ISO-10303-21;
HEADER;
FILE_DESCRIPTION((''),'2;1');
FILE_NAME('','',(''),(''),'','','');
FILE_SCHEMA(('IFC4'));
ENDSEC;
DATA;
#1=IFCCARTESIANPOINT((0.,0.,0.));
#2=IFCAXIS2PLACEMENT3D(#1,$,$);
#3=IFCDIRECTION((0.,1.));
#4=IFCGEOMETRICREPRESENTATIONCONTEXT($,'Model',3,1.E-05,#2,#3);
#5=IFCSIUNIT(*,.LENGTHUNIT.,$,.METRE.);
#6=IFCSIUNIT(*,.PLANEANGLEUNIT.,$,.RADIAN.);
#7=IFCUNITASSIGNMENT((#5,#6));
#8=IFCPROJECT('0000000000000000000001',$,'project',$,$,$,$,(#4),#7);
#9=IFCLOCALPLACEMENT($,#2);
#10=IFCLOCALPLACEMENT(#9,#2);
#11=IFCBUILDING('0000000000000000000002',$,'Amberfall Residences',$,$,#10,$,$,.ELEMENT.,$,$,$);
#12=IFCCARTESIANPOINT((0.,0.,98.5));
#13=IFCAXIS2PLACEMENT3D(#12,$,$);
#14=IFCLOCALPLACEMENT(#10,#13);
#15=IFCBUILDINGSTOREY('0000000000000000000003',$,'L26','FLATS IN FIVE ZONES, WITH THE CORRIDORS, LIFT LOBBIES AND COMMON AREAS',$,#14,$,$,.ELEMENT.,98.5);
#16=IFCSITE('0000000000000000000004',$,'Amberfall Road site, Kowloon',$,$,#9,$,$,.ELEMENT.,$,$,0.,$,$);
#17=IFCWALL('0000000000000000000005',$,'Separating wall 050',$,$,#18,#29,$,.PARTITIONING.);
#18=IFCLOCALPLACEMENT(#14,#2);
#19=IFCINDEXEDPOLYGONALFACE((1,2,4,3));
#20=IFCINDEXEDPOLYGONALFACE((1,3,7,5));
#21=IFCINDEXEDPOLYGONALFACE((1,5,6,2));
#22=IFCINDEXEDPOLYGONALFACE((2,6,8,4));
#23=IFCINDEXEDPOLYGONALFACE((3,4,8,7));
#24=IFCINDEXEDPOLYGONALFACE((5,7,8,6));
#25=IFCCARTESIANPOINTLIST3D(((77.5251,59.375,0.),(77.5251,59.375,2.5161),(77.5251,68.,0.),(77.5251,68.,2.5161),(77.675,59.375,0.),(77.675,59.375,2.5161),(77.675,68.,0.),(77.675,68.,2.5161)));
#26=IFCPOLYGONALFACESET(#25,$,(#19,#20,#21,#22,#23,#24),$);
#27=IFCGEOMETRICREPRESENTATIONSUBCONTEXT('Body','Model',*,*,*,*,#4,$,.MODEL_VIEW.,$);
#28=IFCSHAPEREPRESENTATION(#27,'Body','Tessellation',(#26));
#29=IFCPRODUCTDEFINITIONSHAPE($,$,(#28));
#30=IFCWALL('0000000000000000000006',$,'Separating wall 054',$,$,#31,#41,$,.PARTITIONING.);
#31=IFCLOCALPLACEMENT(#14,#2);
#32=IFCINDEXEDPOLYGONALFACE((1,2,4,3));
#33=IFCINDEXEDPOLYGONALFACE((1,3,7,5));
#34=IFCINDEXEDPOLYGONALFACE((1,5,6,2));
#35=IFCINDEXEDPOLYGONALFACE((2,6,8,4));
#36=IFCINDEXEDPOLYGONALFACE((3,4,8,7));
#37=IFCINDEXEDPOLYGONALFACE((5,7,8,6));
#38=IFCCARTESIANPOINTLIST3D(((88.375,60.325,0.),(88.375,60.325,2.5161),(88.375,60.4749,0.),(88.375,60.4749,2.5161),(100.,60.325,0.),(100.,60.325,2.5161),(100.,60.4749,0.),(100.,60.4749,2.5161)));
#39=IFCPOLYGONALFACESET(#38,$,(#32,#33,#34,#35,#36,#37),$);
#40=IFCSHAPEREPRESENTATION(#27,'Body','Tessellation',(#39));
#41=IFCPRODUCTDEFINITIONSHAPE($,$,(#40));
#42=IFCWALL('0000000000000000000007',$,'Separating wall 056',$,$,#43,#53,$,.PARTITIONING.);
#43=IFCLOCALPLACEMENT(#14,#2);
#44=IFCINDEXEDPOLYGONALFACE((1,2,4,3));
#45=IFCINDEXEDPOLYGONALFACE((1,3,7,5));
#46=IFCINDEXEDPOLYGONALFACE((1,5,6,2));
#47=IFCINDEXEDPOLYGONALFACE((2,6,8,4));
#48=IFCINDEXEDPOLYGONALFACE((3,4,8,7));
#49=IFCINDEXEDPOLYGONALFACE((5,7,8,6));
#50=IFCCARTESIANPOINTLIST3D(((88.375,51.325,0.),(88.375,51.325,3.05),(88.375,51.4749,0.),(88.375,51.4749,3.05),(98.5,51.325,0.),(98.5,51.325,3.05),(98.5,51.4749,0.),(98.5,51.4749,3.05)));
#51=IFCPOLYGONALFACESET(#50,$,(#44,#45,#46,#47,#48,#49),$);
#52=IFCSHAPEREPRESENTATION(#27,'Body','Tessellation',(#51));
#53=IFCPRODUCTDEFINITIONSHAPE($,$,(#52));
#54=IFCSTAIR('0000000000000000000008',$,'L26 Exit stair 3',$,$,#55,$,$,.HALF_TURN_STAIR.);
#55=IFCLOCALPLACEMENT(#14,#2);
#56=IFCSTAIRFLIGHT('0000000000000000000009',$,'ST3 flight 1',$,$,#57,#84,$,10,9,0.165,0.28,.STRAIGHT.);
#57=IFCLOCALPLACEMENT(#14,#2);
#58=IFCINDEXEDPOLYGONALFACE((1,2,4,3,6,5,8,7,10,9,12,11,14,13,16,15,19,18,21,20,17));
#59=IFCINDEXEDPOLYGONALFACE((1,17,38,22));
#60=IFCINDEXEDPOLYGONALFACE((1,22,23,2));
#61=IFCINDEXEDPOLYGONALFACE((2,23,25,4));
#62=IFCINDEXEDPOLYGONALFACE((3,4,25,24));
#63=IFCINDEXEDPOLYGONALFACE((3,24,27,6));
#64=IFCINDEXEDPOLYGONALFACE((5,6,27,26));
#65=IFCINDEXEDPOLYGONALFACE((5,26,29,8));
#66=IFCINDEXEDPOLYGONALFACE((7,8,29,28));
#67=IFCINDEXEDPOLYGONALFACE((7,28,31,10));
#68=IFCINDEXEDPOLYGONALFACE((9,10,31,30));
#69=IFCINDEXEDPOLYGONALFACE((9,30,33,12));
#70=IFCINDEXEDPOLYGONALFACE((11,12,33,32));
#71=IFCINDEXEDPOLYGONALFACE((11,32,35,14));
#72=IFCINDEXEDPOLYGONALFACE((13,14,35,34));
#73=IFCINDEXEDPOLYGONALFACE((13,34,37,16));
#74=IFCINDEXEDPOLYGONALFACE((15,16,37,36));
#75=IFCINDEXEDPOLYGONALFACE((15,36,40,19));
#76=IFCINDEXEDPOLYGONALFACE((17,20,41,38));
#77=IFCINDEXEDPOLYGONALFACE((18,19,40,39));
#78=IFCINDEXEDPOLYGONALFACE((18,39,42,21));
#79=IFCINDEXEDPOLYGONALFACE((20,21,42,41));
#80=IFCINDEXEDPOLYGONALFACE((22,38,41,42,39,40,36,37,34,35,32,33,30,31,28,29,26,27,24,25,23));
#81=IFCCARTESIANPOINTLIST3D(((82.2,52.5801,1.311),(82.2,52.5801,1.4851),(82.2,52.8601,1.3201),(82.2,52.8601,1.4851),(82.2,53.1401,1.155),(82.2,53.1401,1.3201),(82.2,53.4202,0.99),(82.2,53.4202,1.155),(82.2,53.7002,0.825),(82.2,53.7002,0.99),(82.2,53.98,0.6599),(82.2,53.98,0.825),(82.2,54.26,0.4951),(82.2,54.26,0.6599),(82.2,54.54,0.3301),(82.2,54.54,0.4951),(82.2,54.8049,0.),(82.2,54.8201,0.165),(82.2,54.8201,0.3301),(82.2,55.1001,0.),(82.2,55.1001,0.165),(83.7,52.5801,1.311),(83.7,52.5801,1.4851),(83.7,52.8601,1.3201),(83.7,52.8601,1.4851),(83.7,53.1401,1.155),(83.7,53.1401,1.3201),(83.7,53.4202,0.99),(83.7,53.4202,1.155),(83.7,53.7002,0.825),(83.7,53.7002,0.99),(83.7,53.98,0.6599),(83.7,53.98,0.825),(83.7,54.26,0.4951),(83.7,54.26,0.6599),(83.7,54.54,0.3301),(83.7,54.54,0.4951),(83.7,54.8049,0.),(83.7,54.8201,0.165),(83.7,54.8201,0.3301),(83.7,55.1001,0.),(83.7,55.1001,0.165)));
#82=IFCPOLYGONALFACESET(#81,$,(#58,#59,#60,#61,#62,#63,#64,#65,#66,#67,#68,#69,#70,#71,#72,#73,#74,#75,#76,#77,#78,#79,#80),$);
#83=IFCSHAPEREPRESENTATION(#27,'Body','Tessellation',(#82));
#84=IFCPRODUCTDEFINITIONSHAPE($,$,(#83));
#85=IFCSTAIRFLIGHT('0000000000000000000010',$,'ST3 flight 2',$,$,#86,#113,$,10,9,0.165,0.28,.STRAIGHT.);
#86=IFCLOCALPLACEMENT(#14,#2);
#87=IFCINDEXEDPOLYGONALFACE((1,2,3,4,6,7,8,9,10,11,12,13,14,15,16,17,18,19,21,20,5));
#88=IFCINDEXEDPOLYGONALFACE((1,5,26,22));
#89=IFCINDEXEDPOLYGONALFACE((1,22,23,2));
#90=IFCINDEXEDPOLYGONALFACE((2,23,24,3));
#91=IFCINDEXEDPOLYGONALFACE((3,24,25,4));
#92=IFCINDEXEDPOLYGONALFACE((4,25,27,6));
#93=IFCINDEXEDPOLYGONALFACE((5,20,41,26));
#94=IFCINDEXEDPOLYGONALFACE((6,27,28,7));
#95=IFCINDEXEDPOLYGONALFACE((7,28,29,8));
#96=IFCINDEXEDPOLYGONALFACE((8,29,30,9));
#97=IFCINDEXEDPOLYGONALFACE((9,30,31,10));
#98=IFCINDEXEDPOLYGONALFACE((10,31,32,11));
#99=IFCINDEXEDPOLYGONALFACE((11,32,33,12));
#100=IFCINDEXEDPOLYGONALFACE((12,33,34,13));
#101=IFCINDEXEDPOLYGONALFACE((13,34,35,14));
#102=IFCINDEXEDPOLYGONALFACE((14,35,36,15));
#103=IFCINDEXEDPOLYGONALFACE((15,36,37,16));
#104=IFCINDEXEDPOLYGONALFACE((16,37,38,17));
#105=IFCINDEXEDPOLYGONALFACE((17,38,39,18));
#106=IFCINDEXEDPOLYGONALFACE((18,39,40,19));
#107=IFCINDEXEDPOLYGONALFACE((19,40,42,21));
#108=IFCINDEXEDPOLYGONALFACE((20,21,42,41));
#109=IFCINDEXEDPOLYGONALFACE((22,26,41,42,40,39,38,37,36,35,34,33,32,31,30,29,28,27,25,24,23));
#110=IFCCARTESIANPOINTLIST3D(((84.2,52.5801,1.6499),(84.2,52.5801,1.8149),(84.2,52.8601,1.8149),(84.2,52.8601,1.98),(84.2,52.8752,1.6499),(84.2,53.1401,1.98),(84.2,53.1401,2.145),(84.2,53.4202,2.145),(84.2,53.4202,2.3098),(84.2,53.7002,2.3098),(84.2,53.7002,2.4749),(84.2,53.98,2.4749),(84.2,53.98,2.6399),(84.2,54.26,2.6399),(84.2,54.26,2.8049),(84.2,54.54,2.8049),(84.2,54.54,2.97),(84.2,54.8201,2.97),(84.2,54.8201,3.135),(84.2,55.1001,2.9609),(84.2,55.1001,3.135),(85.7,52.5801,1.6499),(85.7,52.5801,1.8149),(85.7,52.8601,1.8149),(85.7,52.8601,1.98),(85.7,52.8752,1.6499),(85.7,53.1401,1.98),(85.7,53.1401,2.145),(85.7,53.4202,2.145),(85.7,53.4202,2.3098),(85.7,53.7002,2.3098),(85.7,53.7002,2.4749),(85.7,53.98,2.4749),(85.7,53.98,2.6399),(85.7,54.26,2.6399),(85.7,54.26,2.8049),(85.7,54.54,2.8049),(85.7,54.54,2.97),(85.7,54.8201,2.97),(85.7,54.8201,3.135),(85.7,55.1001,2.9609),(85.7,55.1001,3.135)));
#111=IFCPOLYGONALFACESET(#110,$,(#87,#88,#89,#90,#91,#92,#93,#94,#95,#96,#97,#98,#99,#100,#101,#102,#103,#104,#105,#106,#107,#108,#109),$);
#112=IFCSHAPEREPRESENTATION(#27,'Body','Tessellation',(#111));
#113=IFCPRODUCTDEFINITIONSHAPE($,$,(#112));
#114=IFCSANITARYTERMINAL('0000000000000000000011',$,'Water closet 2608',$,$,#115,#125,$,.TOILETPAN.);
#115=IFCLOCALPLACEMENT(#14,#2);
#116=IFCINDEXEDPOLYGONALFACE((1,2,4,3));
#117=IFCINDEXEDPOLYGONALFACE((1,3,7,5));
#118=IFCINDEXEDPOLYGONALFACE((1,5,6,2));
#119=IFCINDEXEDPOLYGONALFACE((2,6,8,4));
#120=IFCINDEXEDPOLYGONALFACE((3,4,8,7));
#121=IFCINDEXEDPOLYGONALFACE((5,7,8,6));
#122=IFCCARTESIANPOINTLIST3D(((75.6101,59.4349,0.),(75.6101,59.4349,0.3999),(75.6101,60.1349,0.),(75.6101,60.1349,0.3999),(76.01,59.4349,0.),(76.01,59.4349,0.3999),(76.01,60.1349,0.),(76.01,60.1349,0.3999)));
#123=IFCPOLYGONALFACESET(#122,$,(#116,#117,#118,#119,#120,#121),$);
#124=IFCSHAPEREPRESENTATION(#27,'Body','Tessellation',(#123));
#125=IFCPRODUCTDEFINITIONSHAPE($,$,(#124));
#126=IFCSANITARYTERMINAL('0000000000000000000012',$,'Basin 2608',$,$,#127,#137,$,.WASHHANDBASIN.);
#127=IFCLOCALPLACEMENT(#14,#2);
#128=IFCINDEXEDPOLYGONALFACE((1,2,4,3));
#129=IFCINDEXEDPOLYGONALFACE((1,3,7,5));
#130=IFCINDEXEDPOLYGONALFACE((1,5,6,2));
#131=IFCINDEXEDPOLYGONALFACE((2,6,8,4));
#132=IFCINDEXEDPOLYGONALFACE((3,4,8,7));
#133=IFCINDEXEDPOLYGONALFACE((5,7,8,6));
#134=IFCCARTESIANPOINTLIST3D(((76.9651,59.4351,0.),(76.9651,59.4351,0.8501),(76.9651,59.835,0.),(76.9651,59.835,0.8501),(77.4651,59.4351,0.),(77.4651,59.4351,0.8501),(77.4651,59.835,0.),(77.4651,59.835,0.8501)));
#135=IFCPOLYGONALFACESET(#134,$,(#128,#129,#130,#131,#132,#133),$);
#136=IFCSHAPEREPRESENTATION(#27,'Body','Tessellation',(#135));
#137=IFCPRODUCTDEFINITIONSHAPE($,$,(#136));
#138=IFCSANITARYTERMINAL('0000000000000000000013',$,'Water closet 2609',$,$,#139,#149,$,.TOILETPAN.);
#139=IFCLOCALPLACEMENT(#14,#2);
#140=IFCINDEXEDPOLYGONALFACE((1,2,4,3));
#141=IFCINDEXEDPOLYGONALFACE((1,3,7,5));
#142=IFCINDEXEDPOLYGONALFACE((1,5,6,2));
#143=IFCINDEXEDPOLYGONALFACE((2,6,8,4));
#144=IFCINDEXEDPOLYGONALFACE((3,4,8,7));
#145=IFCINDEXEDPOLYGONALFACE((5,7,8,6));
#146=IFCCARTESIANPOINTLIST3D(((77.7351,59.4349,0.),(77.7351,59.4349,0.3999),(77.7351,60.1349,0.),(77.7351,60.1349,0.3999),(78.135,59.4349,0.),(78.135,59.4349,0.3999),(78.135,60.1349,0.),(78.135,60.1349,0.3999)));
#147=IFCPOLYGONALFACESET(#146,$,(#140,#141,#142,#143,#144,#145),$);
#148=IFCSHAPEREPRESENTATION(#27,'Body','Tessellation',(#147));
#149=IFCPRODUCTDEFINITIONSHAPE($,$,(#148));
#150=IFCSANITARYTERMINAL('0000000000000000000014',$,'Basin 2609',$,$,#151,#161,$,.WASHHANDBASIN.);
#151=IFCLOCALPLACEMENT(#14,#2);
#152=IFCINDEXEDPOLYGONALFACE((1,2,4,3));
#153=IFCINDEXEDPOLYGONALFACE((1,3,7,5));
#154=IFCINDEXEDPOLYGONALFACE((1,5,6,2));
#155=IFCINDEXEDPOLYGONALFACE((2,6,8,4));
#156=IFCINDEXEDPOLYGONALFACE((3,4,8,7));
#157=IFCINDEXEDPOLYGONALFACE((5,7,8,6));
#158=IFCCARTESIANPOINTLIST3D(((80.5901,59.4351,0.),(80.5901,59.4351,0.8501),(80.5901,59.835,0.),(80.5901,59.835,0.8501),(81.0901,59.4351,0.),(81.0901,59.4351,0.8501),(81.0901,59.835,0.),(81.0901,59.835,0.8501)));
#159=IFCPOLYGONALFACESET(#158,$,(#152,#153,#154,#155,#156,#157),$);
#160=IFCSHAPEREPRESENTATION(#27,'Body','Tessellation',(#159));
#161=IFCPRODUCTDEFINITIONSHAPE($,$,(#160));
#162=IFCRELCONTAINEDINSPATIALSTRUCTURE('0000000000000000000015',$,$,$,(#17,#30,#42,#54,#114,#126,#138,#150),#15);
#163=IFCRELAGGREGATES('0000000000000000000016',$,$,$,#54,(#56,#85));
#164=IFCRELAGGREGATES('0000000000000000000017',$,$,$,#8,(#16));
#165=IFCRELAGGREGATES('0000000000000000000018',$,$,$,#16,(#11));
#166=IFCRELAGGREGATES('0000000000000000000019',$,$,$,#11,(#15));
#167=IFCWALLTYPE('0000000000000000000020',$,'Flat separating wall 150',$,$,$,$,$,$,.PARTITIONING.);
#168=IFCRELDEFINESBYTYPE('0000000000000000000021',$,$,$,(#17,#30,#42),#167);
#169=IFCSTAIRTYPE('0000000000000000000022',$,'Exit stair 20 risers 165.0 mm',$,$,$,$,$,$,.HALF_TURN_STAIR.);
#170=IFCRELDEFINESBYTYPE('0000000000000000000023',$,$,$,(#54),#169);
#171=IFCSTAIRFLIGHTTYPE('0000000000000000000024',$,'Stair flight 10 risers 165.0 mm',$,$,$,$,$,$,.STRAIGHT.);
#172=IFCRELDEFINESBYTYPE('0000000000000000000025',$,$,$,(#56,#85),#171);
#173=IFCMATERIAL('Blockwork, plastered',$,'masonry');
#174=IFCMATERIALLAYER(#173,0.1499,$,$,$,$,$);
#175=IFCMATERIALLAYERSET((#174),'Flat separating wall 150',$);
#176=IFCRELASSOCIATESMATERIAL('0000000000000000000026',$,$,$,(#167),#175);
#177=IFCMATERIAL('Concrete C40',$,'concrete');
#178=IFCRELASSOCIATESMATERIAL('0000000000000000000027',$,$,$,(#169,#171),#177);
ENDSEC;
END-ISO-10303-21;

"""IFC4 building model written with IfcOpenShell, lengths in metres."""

from ifc_helpers import new_model, si_unit, direction, frame, frame_2d, origin, origin_2d, place, context, subcontext, project, spatial, polyline, rectangle, outline, extrude, material, layer, layer_set, type_object, element, aggregate, save


model = new_model("IFC4")

# Units and contexts
model_context = context("Model", 3, precision=1e-05, world=origin(), true_north=direction((0.0, 1.0)))
body_context = subcontext(model_context, "Body", "Model", "MODEL_VIEW")
ifc_project = project(units=[si_unit("LENGTHUNIT", "METRE"), si_unit("PLANEANGLEUNIT", "RADIAN")], contexts=[model_context])

# Site, building, storey
site_placement = place(None, origin())
site = spatial("IfcSite", under=ifc_project, at=site_placement, Name="Amberfall Road site, Kowloon", CompositionType="ELEMENT", RefElevation=0.0)
building_placement = place(site_placement, origin())
building = spatial("IfcBuilding", under=site, at=building_placement, Name="Amberfall Residences", CompositionType="ELEMENT")
storey_placement = place(building_placement, frame((0.0, 0.0, 98.5)))
storey = spatial("IfcBuildingStorey", under=building, at=storey_placement, Name="L26", Description="FLATS IN FIVE ZONES, WITH THE CORRIDORS, LIFT LOBBIES AND COMMON AREAS", CompositionType="ELEMENT", Elevation=98.5)

# Walls
ifc_material_1 = material(Name="Blockwork, plastered", Category="masonry")
ifc_layer_1 = layer(ifc_material_1, 0.1499)
ifc_layer_set_1 = layer_set([ifc_layer_1], Name="Flat separating wall 150")
wall_type_1 = type_object("IfcWallType", Name="Flat separating wall 150", PredefinedType="PARTITIONING", material=ifc_layer_set_1)
wall_1_placement = place(storey_placement, frame((77.6001, 59.375, 0.0), z_axis=(0.0, 0.0, 1.0), x_axis=(0.0, 1.0, 0.0)))
element("IfcWall", 1, at=wall_1_placement, inside=storey, type_object=wall_type_1, Name="Separating wall 050", PredefinedType="PARTITIONING", context=body_context, shape_type="SweptSolid", body=[
    extrude(rectangle(XDim=8.625, YDim=0.1499, at=frame_2d((4.3125, 0.0))), origin(), (0.0, 0.0, 1.0), 2.5161),
])
wall_2_placement = place(storey_placement, frame((88.375, 60.3999, 0.0), z_axis=(0.0, 0.0, 1.0), x_axis=(1.0, 0.0, 0.0)))
element("IfcWall", 2, at=wall_2_placement, inside=storey, type_object=wall_type_1, Name="Separating wall 054", PredefinedType="PARTITIONING", context=body_context, shape_type="SweptSolid", body=[
    extrude(rectangle(XDim=11.625, YDim=0.1499, at=frame_2d((5.8125, 0.0))), origin(), (0.0, 0.0, 1.0), 2.5161),
])
wall_3_placement = place(storey_placement, frame((88.375, 51.3999, 0.0), z_axis=(0.0, 0.0, 1.0), x_axis=(1.0, 0.0, 0.0)))
element("IfcWall", 3, at=wall_3_placement, inside=storey, type_object=wall_type_1, Name="Separating wall 056", PredefinedType="PARTITIONING", context=body_context, shape_type="SweptSolid", body=[
    extrude(rectangle(XDim=10.125, YDim=0.1499, at=frame_2d((5.0625, 0.0))), origin(), (0.0, 0.0, 1.0), 3.05),
])

# Stair, stair flights
ifc_material_2 = material(Name="Concrete C40", Category="concrete")
stair_type = type_object("IfcStairType", Name="Exit stair 20 risers 165.0 mm", PredefinedType="HALF_TURN_STAIR", material=ifc_material_2)
stair_placement = place(storey_placement, origin())
stair = element("IfcStair", 4, at=stair_placement, inside=storey, type_object=stair_type, Name="L26 Exit stair 3", PredefinedType="HALF_TURN_STAIR")
stair_flight_type = type_object("IfcStairFlightType", Name="Stair flight 10 risers 165.0 mm", PredefinedType="STRAIGHT", material=ifc_material_2)
stair_flight_1_placement = place(storey_placement, frame((82.95, 55.1001, 0.0), z_axis=(0.0, 0.0, 1.0), x_axis=(0.0, -1.0, 0.0)))
stair_flight_1 = element("IfcStairFlight", 5, at=stair_flight_1_placement, type_object=stair_flight_type, Name="ST3 flight 1", NumberOfRisers=10, NumberOfTreads=9, PredefinedType="STRAIGHT", RiserHeight=0.165, TreadLength=0.28, context=body_context, shape_type="SweptSolid", body=[
    extrude(outline(polyline([(0.0, 0.0), (0.0, 0.165), (0.28, 0.165), (0.28, 0.3301), (0.5601, 0.3301), (0.5601, 0.4951), (0.8401, 0.4951), (0.8401, 0.6599), (1.1201, 0.6599), (1.1201, 0.825), (1.3999, 0.825), (1.3999, 0.99), (1.6799, 0.99), (1.6799, 1.155), (1.96, 1.155), (1.96, 1.3201), (2.24, 1.3201), (2.24, 1.4851), (2.52, 1.4851), (2.52, 1.6499), (2.52, 1.311), (0.2952, 0.0), (0.0, 0.0)])), frame((0.0, 0.75, 0.0), z_axis=(0.0, -1.0, 0.0), x_axis=(1.0, 0.0, 0.0)), (0.0, 0.0, 1.0), 1.5),
])
stair_flight_2_placement = place(storey_placement, frame((84.95, 52.5801, 1.6499), z_axis=(0.0, 0.0, 1.0), x_axis=(0.0, 1.0, 0.0)))
stair_flight_2 = element("IfcStairFlight", 6, at=stair_flight_2_placement, type_object=stair_flight_type, Name="ST3 flight 2", NumberOfRisers=10, NumberOfTreads=9, PredefinedType="STRAIGHT", RiserHeight=0.165, TreadLength=0.28, context=body_context, shape_type="SweptSolid", body=[
    extrude(outline(polyline([(0.0, 0.0), (0.0, 0.165), (0.28, 0.165), (0.28, 0.3301), (0.5601, 0.3301), (0.5601, 0.4951), (0.8401, 0.4951), (0.8401, 0.6599), (1.1201, 0.6599), (1.1201, 0.825), (1.3999, 0.825), (1.3999, 0.99), (1.6799, 0.99), (1.6799, 1.155), (1.96, 1.155), (1.96, 1.3201), (2.24, 1.3201), (2.24, 1.4851), (2.52, 1.4851), (2.52, 1.6499), (2.52, 1.311), (0.2952, 0.0), (0.0, 0.0)])), frame((0.0, 0.75, 0.0), z_axis=(0.0, -1.0, 0.0), x_axis=(1.0, 0.0, 0.0)), (0.0, 0.0, 1.0), 1.5),
])
aggregate(stair, [stair_flight_1, stair_flight_2])

# Sanitary terminals
sanitary_terminal_1_placement = place(storey_placement, frame((75.8101, 59.7849, 0.0), z_axis=(0.0, 0.0, 1.0), x_axis=(1.0, 0.0, 0.0)))
element("IfcSanitaryTerminal", 7, at=sanitary_terminal_1_placement, inside=storey, Name="Water closet 2608", PredefinedType="TOILETPAN", context=body_context, shape_type="SweptSolid", body=[
    extrude(rectangle(XDim=0.3999, YDim=0.7, at=origin_2d()), origin(), (0.0, 0.0, 1.0), 0.3999),
])
sanitary_terminal_2_placement = place(storey_placement, frame((77.2151, 59.635, 0.0), z_axis=(0.0, 0.0, 1.0), x_axis=(1.0, 0.0, 0.0)))
element("IfcSanitaryTerminal", 8, at=sanitary_terminal_2_placement, inside=storey, Name="Basin 2608", PredefinedType="WASHHANDBASIN", context=body_context, shape_type="SweptSolid", body=[
    extrude(rectangle(XDim=0.5, YDim=0.3999, at=origin_2d()), origin(), (0.0, 0.0, 1.0), 0.8501),
])
sanitary_terminal_3_placement = place(storey_placement, frame((77.9351, 59.7849, 0.0), z_axis=(0.0, 0.0, 1.0), x_axis=(1.0, 0.0, 0.0)))
element("IfcSanitaryTerminal", 9, at=sanitary_terminal_3_placement, inside=storey, Name="Water closet 2609", PredefinedType="TOILETPAN", context=body_context, shape_type="SweptSolid", body=[
    extrude(rectangle(XDim=0.3999, YDim=0.7, at=origin_2d()), origin(), (0.0, 0.0, 1.0), 0.3999),
])
sanitary_terminal_4_placement = place(storey_placement, frame((80.8401, 59.635, 0.0), z_axis=(0.0, 0.0, 1.0), x_axis=(1.0, 0.0, 0.0)))
element("IfcSanitaryTerminal", 10, at=sanitary_terminal_4_placement, inside=storey, Name="Basin 2609", PredefinedType="WASHHANDBASIN", context=body_context, shape_type="SweptSolid", body=[
    extrude(rectangle(XDim=0.5, YDim=0.3999, at=origin_2d()), origin(), (0.0, 0.0, 1.0), 0.8501),
])

save(model, "model.ifc")
